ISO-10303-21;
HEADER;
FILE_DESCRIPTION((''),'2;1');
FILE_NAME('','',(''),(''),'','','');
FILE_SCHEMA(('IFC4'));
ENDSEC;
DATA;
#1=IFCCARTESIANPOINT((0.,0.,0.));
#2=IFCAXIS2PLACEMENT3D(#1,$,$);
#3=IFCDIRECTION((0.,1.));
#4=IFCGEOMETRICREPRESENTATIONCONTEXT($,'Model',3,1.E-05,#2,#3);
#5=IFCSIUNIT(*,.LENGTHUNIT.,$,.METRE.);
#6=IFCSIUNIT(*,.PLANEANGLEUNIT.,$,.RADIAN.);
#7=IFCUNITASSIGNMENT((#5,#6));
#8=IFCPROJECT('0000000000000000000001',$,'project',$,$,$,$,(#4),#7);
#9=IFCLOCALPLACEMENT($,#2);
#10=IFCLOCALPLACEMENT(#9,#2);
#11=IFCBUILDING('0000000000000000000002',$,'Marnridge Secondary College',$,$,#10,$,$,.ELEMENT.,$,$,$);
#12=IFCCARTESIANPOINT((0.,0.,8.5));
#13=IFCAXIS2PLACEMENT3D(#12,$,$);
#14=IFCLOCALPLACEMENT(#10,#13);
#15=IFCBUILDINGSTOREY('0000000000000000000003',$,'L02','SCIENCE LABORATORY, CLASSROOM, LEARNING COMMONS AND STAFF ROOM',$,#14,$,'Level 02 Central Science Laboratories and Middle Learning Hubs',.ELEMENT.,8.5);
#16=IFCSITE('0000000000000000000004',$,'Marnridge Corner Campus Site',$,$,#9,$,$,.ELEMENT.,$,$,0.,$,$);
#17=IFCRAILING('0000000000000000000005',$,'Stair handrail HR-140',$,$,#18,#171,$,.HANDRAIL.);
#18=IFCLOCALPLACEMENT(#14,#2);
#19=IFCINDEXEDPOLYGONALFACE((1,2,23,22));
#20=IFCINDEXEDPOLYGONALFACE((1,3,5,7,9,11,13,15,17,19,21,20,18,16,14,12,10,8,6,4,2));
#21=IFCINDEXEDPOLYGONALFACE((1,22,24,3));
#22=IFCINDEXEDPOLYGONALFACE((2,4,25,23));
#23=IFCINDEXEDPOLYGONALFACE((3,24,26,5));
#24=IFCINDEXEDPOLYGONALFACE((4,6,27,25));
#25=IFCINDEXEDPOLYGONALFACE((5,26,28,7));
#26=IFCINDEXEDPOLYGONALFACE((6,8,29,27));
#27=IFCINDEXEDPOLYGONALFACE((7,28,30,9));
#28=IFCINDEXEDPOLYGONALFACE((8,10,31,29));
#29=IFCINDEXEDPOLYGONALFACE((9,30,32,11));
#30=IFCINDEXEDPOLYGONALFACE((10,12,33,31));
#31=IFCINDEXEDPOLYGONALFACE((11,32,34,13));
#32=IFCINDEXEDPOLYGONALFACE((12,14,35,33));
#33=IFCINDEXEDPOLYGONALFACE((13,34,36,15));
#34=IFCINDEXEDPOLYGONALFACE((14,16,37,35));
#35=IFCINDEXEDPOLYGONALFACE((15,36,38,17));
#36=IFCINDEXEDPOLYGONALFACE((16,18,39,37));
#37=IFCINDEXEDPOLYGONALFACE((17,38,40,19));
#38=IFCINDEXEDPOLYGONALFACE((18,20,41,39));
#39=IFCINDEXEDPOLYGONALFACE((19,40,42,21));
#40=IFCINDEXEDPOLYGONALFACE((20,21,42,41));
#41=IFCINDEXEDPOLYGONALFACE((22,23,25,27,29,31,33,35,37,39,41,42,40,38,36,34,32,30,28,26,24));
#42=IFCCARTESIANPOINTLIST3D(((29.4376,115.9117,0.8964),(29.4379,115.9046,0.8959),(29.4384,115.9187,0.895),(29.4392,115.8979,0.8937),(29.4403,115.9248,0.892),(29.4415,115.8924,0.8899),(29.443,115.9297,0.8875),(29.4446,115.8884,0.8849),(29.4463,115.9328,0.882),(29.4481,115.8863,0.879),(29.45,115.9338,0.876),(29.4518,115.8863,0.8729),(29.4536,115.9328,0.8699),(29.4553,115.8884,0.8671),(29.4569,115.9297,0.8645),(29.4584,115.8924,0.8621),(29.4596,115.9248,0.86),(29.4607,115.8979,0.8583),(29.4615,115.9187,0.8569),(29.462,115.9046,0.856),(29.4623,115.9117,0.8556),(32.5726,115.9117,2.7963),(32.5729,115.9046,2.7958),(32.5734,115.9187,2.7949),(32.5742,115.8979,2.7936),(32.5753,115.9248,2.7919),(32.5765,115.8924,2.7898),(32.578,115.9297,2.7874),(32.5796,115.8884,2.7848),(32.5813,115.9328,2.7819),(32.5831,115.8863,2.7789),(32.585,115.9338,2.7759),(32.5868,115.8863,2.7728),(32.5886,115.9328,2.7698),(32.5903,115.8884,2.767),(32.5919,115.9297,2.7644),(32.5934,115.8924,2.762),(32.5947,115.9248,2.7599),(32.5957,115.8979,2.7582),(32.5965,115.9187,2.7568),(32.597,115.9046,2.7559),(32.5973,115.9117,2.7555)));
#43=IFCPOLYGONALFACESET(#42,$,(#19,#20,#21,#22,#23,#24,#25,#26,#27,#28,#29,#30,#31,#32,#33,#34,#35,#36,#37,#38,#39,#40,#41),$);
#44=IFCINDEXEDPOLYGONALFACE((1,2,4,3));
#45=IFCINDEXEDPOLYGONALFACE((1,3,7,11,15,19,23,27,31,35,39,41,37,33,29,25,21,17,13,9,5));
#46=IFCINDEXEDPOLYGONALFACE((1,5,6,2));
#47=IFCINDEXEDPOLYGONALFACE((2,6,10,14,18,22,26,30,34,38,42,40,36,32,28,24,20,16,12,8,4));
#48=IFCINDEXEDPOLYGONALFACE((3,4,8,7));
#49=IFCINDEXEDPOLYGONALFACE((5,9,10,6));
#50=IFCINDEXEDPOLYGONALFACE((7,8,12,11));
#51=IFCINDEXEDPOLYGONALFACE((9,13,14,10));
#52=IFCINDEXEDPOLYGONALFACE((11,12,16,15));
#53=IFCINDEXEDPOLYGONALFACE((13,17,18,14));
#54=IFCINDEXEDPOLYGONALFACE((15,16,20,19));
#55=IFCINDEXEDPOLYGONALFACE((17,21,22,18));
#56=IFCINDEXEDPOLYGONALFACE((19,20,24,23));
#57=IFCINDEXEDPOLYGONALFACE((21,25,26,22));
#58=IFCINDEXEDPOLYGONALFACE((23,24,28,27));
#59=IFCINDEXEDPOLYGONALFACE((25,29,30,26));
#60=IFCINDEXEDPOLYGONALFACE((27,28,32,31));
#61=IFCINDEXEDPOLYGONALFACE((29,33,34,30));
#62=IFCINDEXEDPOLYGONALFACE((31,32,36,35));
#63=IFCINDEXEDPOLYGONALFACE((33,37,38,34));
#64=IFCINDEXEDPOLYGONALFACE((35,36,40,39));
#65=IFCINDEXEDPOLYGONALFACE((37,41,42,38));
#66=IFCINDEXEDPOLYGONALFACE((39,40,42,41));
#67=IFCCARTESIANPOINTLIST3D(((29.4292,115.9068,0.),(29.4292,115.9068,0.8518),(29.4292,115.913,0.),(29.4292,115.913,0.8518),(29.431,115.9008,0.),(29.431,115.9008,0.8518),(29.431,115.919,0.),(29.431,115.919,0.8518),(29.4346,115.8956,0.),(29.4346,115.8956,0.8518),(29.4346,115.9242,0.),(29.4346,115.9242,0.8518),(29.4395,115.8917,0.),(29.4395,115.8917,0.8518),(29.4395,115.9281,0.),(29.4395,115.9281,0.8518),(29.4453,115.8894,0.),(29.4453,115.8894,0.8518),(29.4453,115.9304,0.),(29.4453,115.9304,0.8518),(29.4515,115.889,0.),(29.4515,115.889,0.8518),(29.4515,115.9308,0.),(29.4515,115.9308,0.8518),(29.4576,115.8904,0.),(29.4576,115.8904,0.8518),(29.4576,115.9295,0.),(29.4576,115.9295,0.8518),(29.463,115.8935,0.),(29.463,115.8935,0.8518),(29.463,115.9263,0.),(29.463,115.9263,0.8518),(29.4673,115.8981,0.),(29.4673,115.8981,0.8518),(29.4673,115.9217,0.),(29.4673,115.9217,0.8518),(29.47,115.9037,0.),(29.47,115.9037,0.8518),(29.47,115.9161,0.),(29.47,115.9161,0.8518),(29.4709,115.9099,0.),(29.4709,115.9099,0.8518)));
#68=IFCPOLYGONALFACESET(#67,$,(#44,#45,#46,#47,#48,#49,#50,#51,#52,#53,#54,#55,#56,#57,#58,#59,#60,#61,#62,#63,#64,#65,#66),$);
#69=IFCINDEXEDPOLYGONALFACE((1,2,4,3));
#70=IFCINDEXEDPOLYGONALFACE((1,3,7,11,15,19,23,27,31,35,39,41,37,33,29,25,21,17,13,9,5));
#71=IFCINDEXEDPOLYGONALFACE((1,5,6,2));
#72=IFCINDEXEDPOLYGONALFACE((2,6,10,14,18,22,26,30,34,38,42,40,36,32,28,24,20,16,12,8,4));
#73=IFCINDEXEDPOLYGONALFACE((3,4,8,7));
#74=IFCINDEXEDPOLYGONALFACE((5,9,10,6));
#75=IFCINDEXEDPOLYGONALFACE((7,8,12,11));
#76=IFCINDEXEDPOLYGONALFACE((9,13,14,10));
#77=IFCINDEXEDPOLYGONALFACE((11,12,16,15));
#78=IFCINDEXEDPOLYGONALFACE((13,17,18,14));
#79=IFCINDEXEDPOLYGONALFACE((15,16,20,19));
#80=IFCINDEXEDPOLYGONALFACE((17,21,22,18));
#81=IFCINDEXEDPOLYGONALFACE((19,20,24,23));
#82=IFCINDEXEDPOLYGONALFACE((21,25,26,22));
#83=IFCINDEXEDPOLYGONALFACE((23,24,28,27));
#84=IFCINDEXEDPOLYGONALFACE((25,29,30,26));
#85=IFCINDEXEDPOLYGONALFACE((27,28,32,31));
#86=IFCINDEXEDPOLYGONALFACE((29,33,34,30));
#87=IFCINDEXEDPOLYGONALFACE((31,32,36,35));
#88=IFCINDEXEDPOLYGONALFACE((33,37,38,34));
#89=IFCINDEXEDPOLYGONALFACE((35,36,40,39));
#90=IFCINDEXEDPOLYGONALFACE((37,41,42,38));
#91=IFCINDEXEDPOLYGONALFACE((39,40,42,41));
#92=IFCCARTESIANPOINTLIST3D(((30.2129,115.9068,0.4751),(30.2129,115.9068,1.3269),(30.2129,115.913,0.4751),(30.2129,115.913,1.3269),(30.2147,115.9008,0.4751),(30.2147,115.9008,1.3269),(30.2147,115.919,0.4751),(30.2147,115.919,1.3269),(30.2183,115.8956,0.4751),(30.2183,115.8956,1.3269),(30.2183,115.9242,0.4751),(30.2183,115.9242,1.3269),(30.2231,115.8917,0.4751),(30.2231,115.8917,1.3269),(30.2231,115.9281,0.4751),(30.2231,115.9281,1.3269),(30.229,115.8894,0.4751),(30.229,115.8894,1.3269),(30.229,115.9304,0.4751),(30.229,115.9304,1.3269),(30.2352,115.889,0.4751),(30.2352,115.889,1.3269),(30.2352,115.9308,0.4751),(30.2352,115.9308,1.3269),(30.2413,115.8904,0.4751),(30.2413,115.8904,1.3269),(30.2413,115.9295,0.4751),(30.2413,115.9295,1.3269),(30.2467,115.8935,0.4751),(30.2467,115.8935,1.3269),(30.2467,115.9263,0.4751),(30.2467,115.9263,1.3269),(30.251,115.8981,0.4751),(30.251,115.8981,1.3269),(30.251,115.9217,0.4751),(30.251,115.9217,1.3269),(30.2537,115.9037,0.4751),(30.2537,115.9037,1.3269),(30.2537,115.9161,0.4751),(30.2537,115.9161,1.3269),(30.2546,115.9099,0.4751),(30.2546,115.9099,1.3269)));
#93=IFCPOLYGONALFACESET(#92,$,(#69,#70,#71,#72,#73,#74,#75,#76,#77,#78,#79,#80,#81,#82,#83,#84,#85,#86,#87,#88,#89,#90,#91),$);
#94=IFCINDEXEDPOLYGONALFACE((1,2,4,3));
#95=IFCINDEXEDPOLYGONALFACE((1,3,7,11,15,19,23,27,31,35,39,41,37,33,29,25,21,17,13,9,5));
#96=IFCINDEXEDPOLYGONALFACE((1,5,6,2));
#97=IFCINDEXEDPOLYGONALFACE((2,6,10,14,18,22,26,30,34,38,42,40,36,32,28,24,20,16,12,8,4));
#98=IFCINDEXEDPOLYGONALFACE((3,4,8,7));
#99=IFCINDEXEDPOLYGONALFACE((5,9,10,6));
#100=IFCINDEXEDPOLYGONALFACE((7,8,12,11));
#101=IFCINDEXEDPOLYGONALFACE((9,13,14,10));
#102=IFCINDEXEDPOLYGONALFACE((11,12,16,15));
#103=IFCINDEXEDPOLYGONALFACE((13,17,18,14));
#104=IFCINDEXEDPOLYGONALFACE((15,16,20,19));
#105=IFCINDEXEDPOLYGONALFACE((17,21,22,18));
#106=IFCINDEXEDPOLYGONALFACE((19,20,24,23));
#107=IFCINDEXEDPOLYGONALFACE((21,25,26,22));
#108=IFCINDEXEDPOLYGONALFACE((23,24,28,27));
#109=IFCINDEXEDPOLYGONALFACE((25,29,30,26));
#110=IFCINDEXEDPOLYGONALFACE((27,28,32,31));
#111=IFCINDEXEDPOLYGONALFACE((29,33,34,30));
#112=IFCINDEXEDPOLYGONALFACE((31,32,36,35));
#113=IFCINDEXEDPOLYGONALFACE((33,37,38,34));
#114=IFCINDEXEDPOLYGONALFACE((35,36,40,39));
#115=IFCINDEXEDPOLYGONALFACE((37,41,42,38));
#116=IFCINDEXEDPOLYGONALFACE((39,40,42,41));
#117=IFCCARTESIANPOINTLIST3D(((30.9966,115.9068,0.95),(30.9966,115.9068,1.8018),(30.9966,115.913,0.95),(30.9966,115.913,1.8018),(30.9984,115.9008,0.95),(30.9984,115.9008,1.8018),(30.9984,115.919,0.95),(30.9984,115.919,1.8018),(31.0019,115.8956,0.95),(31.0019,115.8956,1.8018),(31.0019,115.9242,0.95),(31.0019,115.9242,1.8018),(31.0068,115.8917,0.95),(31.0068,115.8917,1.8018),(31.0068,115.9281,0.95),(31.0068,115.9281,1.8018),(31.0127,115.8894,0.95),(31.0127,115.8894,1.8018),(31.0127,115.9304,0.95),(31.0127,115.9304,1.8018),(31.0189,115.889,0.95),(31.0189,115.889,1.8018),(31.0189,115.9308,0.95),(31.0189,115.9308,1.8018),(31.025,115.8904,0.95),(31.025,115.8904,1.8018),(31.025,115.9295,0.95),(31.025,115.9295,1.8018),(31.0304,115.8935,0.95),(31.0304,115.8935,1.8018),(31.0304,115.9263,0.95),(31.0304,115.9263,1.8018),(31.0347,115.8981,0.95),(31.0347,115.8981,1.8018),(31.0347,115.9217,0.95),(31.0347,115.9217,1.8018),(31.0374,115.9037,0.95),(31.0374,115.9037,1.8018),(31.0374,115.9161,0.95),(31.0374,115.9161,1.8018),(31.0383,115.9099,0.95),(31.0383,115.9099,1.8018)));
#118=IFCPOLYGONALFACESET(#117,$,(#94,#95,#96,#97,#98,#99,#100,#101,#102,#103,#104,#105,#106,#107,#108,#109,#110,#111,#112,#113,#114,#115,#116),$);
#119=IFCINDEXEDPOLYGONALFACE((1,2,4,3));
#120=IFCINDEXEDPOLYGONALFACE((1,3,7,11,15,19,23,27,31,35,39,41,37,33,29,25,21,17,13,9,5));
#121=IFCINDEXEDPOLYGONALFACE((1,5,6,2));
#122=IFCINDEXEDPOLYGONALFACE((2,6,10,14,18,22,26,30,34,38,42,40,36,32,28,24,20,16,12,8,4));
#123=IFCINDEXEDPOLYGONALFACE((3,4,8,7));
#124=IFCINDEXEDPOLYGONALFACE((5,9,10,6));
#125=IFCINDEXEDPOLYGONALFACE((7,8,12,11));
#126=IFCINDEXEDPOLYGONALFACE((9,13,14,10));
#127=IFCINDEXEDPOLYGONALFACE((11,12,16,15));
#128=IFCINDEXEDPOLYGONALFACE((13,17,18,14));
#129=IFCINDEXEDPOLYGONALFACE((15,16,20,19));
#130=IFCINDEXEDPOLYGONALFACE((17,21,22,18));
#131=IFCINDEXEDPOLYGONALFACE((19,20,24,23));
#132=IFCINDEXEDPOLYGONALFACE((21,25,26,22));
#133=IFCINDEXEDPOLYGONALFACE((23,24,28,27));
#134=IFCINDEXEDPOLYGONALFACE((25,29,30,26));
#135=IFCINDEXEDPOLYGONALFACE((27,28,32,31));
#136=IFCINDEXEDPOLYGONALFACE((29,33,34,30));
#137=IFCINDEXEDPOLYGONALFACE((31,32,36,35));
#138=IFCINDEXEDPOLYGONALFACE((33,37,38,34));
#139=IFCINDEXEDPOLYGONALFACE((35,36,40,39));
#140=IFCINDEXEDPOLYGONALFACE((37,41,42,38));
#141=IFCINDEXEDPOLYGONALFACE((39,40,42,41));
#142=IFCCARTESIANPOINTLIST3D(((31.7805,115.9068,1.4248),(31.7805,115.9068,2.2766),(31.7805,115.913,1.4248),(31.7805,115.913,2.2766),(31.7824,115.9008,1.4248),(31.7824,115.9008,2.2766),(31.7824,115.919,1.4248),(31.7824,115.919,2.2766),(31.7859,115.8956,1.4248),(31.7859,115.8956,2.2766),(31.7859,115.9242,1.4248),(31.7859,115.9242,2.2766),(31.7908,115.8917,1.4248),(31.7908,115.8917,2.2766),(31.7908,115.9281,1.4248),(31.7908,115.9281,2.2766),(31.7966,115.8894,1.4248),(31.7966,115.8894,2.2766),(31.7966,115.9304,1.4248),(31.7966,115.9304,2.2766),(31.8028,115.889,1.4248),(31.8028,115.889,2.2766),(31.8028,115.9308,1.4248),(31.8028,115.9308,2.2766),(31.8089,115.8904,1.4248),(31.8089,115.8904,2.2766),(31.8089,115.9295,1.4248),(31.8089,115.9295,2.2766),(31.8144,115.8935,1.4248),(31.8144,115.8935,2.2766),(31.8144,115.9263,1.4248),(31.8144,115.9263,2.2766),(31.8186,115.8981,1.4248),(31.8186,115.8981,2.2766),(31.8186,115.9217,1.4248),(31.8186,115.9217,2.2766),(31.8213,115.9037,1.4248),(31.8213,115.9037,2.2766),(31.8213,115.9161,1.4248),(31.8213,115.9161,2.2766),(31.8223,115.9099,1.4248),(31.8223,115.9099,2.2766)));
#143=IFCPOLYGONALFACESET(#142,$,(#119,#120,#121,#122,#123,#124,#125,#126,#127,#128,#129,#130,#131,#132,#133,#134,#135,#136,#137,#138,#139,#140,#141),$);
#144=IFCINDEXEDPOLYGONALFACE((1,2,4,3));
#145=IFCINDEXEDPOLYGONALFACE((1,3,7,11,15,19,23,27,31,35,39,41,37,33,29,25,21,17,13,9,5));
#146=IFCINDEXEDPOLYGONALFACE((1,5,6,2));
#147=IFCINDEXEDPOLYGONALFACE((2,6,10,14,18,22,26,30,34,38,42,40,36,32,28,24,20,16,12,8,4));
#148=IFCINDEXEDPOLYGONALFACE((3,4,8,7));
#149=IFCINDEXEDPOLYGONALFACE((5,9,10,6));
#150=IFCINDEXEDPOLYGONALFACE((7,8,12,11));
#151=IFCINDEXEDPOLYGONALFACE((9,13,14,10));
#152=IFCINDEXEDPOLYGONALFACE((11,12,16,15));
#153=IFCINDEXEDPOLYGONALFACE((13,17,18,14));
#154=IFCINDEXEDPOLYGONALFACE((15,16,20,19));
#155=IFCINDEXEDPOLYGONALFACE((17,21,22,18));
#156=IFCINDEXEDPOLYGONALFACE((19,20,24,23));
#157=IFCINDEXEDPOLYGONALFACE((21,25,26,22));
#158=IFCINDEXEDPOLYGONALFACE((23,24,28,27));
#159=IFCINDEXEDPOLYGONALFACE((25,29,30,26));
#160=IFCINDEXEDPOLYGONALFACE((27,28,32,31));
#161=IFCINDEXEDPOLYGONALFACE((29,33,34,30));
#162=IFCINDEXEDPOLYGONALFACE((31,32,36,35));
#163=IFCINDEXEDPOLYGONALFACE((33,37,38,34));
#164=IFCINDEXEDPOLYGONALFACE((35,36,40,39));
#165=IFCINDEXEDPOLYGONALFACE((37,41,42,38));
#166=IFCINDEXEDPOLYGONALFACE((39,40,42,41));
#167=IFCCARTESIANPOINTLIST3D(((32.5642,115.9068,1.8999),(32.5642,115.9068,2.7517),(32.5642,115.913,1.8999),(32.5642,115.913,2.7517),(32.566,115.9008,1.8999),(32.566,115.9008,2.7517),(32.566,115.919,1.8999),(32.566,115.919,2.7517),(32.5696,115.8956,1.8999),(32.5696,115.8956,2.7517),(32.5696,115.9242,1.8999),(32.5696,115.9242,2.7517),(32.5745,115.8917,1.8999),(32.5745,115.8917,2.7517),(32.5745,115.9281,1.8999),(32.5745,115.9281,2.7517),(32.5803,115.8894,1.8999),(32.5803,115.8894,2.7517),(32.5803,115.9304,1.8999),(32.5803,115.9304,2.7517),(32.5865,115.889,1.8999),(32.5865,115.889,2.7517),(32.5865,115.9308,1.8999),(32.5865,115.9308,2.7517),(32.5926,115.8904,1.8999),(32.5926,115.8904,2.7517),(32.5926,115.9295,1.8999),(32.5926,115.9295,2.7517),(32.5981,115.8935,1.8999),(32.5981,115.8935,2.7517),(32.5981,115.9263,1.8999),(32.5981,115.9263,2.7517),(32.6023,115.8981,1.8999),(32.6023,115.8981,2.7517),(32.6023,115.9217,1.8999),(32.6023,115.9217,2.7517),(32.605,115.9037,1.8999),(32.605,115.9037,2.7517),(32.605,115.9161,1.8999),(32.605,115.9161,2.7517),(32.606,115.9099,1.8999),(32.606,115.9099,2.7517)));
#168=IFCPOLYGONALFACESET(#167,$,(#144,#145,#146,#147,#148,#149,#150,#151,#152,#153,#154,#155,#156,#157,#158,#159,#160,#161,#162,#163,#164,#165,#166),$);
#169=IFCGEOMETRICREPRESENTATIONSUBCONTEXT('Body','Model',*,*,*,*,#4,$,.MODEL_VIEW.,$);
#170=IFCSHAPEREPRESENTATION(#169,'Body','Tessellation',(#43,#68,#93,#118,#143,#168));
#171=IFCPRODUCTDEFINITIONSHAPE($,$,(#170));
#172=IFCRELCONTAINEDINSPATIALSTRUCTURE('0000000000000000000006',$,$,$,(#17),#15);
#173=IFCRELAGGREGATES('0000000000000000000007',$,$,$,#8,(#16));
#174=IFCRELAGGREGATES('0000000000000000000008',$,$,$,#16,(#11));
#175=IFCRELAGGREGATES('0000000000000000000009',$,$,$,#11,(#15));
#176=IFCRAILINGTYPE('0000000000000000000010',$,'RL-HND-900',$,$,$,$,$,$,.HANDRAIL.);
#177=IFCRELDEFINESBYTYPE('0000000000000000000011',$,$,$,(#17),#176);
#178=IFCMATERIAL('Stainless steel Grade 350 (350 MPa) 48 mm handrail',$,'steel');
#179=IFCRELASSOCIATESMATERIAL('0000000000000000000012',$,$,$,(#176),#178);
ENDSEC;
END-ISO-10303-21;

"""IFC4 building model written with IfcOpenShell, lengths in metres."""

from ifc_helpers import new_model, si_unit, direction, frame, origin, origin_2d, place, context, subcontext, project, spatial, circle, extrude, material, type_object, element, save


model = new_model("IFC4")

# Units and contexts
model_context = context("Model", 3, precision=1e-05, world=origin(), true_north=direction((0.0, 1.0)))
body_context = subcontext(model_context, "Body", "Model", "MODEL_VIEW")
ifc_project = project(units=[si_unit("LENGTHUNIT", "METRE"), si_unit("PLANEANGLEUNIT", "RADIAN")], contexts=[model_context])

# Site, building, storey
site_placement = place(None, origin())
site = spatial("IfcSite", under=ifc_project, at=site_placement, Name="Marnridge Corner Campus Site", CompositionType="ELEMENT", RefElevation=0.0)
building_placement = place(site_placement, origin())
building = spatial("IfcBuilding", under=site, at=building_placement, Name="Marnridge Secondary College", CompositionType="ELEMENT")
storey_placement = place(building_placement, frame((0.0, 0.0, 8.5)))
storey = spatial("IfcBuildingStorey", under=building, at=storey_placement, Name="L02", Description="SCIENCE LABORATORY, CLASSROOM, LEARNING COMMONS AND STAFF ROOM", LongName="Level 02 Central Science Laboratories and Middle Learning Hubs", CompositionType="ELEMENT", Elevation=8.5)

# Railing
ifc_material_1 = material(Name="Stainless steel Grade 350 (350 MPa) 48 mm handrail", Category="steel")
railing_type_1 = type_object("IfcRailingType", Name="RL-HND-900", PredefinedType="HANDRAIL", material=ifc_material_1)
for number, where, name in (
    (1, (29.45, 115.9099, 0.0), "Stair handrail HR-140"),
):
    element("IfcRailing", number, at=place(storey_placement, frame(where)), inside=storey, type_object=railing_type_1, Name=name, PredefinedType="HANDRAIL", context=body_context, shape_type="SweptSolid", body=[
        extrude(circle(Radius=0.0239, at=origin_2d()), frame((0.0, 0.0, 0.876), z_axis=(0.85521, 0.0, 0.518281), x_axis=(0.0, 1.0, 0.0)), (0.0, 0.0, 1.0), 3.6658),
        extrude(circle(Radius=0.021, at=origin_2d()), origin(), (0.0, 0.0, 1.0), 0.8518),
        extrude(circle(Radius=0.021, at=origin_2d()), frame((0.7837, 0.0, 0.4751)), (0.0, 0.0, 1.0), 0.8518),
        extrude(circle(Radius=0.021, at=origin_2d()), frame((1.5674, 0.0, 0.95)), (0.0, 0.0, 1.0), 0.8518),
        extrude(circle(Radius=0.021, at=origin_2d()), frame((2.3513, 0.0, 1.4248)), (0.0, 0.0, 1.0), 0.8518),
        extrude(circle(Radius=0.021, at=origin_2d()), frame((3.135, 0.0, 1.8999)), (0.0, 0.0, 1.0), 0.8518),
    ])

save(model, "model.ifc")
